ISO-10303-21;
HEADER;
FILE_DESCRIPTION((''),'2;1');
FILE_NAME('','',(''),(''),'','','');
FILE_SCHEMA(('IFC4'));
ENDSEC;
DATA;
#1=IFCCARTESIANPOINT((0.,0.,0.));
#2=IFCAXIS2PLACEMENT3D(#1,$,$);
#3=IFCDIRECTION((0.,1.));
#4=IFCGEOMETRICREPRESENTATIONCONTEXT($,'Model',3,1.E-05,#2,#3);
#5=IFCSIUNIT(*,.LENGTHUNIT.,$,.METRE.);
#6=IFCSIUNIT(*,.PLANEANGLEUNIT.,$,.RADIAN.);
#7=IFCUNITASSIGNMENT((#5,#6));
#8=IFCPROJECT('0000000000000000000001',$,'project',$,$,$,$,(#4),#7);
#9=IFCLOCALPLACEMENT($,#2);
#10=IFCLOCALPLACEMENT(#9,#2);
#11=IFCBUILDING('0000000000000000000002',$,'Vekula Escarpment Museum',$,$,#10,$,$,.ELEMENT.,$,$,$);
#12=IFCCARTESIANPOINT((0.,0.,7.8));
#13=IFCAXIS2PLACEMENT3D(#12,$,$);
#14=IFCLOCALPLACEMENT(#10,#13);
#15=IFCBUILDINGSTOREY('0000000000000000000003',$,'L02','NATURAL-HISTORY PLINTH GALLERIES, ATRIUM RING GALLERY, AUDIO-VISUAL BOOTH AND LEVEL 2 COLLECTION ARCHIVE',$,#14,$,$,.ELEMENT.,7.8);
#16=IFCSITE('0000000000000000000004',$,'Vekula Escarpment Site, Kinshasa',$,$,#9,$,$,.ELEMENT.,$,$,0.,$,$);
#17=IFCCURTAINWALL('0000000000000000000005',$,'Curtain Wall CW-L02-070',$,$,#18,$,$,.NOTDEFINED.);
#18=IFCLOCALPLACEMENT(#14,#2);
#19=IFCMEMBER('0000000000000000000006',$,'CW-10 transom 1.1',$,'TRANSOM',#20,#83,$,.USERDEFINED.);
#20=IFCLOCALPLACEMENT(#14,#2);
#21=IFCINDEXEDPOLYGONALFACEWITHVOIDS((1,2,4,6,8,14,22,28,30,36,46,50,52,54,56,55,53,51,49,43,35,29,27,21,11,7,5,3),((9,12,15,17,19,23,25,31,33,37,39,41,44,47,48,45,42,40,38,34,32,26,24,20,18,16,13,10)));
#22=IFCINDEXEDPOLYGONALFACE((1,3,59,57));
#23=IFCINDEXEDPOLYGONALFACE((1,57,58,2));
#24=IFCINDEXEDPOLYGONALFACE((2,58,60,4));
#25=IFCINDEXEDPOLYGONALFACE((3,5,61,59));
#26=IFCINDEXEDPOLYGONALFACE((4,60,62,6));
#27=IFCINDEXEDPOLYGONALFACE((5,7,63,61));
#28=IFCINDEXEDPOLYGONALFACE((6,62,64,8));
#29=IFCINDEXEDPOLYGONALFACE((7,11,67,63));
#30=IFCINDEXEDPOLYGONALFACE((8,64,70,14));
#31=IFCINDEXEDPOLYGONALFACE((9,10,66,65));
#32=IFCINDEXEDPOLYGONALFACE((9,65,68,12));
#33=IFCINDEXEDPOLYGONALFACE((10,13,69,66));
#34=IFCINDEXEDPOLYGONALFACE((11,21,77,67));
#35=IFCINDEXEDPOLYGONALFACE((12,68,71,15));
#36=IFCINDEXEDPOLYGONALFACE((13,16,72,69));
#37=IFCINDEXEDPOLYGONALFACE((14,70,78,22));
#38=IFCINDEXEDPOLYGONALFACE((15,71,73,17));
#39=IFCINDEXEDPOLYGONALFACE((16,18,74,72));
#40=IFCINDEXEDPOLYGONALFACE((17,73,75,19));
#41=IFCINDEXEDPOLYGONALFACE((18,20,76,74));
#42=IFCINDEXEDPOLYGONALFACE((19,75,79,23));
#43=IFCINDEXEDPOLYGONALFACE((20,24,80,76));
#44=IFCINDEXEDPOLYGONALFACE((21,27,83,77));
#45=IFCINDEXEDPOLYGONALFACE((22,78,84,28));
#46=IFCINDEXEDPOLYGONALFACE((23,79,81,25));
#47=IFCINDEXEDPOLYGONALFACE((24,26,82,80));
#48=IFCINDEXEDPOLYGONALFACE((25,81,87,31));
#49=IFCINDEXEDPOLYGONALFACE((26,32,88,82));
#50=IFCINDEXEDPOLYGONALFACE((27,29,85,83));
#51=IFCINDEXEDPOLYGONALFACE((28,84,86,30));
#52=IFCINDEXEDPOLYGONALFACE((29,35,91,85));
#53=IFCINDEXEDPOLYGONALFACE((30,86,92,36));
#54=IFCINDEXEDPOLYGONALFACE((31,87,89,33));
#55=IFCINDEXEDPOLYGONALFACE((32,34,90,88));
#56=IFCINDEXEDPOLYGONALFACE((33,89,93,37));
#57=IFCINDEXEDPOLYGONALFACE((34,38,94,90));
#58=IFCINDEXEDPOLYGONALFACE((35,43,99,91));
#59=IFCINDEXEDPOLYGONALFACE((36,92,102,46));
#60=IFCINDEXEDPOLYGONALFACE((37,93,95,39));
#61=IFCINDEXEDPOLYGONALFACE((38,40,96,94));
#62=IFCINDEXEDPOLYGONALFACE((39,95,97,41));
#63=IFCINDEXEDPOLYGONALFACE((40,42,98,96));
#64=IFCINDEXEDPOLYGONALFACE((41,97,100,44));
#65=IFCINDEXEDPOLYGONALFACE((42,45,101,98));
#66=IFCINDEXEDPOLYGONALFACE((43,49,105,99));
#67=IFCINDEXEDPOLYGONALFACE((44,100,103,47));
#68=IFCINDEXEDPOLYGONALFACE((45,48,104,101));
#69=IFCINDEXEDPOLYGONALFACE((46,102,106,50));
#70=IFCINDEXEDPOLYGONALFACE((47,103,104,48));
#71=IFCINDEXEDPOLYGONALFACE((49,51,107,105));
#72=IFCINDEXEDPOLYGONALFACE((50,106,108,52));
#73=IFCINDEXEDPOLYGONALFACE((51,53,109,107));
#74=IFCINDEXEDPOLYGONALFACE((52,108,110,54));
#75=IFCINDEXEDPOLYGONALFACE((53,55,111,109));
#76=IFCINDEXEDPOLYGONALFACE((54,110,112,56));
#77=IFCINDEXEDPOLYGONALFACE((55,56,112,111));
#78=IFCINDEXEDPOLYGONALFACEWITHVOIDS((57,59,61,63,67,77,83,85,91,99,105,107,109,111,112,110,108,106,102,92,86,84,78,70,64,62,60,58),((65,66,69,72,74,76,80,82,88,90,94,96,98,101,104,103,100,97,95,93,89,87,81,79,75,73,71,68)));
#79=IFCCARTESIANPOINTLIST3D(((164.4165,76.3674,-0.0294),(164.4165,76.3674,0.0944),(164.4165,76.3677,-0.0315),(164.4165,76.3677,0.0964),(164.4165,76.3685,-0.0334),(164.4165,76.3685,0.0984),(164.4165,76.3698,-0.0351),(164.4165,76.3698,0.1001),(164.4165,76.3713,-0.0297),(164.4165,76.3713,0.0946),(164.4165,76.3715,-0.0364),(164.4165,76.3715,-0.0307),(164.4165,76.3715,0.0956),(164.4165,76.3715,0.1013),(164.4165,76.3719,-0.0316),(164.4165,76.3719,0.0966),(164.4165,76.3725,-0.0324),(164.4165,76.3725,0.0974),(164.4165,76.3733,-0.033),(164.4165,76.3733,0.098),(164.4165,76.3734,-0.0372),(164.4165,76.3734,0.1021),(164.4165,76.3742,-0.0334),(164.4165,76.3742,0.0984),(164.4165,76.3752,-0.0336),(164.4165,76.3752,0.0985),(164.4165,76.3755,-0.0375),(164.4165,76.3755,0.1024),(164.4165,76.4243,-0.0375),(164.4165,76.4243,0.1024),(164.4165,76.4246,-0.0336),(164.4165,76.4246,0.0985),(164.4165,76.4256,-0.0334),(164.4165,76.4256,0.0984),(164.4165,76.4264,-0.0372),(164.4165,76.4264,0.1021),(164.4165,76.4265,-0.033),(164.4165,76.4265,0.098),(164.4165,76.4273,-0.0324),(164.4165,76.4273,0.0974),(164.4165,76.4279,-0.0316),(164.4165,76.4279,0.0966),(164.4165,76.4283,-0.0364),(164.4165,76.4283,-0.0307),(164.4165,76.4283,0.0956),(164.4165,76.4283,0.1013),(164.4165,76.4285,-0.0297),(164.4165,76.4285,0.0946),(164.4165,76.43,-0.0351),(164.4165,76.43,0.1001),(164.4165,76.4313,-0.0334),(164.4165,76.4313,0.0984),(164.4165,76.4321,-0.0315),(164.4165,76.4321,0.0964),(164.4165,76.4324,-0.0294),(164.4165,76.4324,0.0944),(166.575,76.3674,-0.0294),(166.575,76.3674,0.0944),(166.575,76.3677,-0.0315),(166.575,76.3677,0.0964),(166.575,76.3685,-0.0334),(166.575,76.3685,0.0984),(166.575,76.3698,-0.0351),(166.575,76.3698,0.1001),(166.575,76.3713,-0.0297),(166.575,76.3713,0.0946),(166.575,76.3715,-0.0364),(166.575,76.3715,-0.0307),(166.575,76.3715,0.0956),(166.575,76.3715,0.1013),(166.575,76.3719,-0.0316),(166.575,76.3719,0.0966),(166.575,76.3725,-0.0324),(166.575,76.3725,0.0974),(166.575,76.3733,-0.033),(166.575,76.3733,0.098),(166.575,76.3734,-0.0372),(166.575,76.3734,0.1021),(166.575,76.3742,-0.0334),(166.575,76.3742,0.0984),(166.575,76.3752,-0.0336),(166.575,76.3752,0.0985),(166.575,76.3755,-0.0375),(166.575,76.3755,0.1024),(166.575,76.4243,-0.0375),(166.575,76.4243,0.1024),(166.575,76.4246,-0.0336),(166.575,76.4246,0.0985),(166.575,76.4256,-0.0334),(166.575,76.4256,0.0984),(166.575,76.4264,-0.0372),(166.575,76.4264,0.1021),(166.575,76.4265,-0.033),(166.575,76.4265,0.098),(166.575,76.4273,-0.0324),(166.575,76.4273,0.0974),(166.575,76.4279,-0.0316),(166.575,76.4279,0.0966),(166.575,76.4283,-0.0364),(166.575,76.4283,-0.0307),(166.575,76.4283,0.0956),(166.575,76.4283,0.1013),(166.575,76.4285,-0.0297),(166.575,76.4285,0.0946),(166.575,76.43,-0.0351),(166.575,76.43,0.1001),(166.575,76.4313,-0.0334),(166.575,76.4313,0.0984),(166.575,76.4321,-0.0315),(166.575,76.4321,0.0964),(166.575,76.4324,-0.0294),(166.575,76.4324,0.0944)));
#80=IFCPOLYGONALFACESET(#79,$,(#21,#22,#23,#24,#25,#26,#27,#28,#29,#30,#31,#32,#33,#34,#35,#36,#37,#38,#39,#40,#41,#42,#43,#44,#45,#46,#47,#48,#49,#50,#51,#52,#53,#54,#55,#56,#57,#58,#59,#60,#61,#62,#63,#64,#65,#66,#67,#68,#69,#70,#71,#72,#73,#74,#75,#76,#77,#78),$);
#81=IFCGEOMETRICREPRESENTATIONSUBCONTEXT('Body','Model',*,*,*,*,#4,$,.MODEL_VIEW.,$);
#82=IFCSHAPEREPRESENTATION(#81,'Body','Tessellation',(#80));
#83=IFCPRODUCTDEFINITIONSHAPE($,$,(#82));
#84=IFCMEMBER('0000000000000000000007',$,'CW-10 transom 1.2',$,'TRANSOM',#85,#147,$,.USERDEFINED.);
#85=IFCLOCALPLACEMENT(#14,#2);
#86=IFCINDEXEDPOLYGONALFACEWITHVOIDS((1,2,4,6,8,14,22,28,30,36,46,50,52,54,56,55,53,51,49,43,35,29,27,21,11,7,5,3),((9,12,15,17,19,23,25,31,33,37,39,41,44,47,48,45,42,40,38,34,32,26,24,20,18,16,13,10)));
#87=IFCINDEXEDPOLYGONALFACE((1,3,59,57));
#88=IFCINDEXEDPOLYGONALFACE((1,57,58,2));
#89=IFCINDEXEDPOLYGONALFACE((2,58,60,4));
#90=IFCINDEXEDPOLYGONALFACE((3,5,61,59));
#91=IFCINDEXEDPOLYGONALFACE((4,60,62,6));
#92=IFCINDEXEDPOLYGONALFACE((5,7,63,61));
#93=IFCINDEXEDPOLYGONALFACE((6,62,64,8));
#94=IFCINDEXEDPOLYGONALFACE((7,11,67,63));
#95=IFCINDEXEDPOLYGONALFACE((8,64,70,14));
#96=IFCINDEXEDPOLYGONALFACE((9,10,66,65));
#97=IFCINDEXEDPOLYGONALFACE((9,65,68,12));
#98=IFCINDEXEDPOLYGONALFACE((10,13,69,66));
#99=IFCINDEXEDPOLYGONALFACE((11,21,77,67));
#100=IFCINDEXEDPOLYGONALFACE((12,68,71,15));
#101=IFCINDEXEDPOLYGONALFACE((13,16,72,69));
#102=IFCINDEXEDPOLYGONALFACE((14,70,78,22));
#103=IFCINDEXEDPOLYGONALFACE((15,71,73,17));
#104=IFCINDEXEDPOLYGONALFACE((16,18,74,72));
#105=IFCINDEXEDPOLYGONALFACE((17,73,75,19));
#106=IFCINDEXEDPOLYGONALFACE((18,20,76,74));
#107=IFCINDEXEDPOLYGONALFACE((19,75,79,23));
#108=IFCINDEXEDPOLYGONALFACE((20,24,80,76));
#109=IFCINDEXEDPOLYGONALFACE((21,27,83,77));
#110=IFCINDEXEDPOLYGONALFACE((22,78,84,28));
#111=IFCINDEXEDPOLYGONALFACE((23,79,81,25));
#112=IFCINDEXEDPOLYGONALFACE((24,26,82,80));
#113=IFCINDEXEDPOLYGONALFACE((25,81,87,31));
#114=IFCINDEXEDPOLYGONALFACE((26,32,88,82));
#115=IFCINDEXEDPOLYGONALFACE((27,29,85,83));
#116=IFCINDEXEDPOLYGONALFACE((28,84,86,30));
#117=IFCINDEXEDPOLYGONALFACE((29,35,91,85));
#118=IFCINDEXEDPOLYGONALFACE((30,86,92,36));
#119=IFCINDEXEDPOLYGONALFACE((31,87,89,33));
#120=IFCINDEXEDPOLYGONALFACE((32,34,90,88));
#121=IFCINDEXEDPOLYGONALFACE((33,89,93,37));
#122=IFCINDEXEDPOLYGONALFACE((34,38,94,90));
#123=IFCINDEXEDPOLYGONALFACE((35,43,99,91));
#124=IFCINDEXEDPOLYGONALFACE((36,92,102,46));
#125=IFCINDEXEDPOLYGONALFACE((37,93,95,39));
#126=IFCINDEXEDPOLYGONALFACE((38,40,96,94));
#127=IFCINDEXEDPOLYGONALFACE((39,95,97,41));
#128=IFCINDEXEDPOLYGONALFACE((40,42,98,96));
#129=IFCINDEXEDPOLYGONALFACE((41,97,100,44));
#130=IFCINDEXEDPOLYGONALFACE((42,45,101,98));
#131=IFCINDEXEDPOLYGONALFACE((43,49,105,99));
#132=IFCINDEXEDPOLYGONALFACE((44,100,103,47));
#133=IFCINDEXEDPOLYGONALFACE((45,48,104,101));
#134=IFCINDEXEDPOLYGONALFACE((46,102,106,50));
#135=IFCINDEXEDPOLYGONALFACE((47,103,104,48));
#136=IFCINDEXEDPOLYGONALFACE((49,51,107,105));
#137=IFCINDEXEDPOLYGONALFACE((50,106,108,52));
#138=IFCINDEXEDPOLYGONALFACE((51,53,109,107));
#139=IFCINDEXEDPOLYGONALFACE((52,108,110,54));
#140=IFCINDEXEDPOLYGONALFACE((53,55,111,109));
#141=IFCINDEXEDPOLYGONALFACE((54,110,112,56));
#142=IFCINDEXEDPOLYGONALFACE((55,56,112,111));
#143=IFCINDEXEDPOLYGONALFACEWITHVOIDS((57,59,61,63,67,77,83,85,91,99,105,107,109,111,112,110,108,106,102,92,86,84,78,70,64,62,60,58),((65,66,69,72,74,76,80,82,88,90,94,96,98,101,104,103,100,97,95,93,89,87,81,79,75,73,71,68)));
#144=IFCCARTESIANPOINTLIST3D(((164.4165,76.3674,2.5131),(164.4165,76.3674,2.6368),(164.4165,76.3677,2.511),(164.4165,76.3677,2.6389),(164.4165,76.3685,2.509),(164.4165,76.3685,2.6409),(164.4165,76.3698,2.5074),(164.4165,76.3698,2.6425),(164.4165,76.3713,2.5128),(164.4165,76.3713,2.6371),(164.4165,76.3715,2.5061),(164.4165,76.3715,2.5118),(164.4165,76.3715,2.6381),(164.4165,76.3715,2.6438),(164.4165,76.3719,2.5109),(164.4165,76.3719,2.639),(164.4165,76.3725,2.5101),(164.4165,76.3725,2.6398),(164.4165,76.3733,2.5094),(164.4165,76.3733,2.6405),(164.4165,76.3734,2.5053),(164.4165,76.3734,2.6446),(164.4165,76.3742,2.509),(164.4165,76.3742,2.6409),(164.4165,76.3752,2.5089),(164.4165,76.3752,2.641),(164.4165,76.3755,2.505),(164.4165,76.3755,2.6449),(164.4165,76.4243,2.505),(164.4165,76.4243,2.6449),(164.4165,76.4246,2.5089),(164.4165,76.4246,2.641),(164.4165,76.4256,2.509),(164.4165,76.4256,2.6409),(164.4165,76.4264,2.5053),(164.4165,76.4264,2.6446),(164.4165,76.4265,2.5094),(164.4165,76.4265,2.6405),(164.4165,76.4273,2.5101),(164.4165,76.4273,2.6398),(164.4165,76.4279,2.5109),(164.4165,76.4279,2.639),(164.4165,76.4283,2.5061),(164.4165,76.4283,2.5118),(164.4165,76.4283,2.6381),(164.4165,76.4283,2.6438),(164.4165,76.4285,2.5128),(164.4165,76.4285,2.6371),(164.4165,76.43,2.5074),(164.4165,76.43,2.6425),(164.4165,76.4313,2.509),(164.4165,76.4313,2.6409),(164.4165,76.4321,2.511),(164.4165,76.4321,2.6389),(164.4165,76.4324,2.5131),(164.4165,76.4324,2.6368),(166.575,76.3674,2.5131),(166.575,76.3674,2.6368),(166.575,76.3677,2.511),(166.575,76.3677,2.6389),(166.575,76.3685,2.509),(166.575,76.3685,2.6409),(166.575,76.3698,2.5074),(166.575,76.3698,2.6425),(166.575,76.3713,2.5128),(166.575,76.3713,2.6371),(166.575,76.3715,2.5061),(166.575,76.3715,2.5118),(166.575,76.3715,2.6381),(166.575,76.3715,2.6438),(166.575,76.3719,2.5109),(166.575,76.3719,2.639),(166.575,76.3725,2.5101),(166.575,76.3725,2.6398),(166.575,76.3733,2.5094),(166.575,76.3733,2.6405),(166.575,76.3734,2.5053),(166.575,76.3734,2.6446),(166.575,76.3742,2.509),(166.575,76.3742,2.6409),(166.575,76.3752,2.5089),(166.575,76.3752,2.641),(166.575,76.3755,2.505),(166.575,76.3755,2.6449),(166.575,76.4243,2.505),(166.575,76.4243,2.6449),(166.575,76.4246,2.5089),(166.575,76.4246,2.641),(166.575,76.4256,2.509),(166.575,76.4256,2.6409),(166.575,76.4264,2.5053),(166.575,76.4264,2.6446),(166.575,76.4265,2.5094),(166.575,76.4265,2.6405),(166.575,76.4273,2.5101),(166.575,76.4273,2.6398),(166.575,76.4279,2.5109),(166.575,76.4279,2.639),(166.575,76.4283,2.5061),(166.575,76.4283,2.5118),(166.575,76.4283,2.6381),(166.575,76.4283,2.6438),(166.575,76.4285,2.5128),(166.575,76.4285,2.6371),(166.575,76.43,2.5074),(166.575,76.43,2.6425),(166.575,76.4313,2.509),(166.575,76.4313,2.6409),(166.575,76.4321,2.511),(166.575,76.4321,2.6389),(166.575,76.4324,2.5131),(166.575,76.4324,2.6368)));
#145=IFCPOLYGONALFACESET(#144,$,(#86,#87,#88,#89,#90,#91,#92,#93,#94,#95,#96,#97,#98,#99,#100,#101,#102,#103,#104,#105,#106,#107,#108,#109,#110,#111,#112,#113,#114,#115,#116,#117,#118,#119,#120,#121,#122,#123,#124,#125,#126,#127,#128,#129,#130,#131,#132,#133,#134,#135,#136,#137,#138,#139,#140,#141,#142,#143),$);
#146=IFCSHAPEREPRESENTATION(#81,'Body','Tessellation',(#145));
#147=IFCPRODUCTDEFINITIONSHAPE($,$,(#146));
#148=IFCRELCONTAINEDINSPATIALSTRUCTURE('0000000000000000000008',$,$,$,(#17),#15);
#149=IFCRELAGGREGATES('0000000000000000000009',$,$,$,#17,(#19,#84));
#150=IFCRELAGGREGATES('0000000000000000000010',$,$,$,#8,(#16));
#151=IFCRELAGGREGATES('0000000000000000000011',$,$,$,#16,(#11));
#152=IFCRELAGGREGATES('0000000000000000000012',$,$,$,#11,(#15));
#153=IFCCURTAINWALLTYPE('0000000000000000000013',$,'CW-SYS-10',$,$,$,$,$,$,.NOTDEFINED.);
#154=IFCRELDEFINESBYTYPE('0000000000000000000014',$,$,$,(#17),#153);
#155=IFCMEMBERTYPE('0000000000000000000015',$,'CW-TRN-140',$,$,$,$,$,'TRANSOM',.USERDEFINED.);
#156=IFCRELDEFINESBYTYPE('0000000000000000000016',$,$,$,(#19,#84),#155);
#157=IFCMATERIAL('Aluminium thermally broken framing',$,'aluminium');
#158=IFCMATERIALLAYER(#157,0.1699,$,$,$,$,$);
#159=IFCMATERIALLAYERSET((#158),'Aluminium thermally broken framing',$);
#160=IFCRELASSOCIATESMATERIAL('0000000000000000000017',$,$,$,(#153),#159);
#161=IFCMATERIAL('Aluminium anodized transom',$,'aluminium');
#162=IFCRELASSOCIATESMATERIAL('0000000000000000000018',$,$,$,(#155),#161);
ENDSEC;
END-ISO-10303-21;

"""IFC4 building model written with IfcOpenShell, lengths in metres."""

from ifc_helpers import new_model, si_unit, direction, frame, origin, origin_2d, place, context, subcontext, project, spatial, hollow_rectangle, extrude, material, layer, layer_set, material_profile, profile_set, type_object, element, aggregate, save


model = new_model("IFC4")

# Units and contexts
model_context = context("Model", 3, precision=1e-05, world=origin(), true_north=direction((0.0, 1.0)))
body_context = subcontext(model_context, "Body", "Model", "MODEL_VIEW")
ifc_project = project(units=[si_unit("LENGTHUNIT", "METRE"), si_unit("PLANEANGLEUNIT", "RADIAN")], contexts=[model_context])

# Site, building, storey
site_placement = place(None, origin())
site = spatial("IfcSite", under=ifc_project, at=site_placement, Name="Vekula Escarpment Site, Kinshasa", CompositionType="ELEMENT", RefElevation=0.0)
building_placement = place(site_placement, origin())
building = spatial("IfcBuilding", under=site, at=building_placement, Name="Vekula Escarpment Museum", CompositionType="ELEMENT")
storey_placement = place(building_placement, frame((0.0, 0.0, 7.8)))
storey = spatial("IfcBuildingStorey", under=building, at=storey_placement, Name="L02", Description="NATURAL-HISTORY PLINTH GALLERIES, ATRIUM RING GALLERY, AUDIO-VISUAL BOOTH AND LEVEL 2 COLLECTION ARCHIVE", CompositionType="ELEMENT", Elevation=7.8)

# Curtain wall, members
ifc_material_1 = material(Name="Aluminium thermally broken framing", Category="aluminium")
ifc_layer_1 = layer(ifc_material_1, 0.1699)
ifc_layer_set_1 = layer_set([ifc_layer_1], Name="Aluminium thermally broken framing")
curtain_wall_type = type_object("IfcCurtainWallType", Name="CW-SYS-10", PredefinedType="NOTDEFINED", material=ifc_layer_set_1)
curtain_wall_placement = place(storey_placement, origin())
curtain_wall = element("IfcCurtainWall", 1, at=curtain_wall_placement, inside=storey, type_object=curtain_wall_type, Name="Curtain Wall CW-L02-070", PredefinedType="NOTDEFINED")
ifc_material_2 = material(Name="Aluminium anodized transom", Category="aluminium")
ifc_material_profile_1 = material_profile(ifc_material_2, hollow_rectangle(XDim=0.0649, YDim=0.1399, WallThickness=0.0039, InnerFilletRadius=0.0039, OuterFilletRadius=0.0081, at=origin_2d()), Name="ALU 140x65x4")
ifc_profile_set_1 = profile_set([ifc_material_profile_1], Name="Aluminium anodized transom")
member_type_1 = type_object("IfcMemberType", Name="CW-TRN-140", ElementType="TRANSOM", PredefinedType="USERDEFINED", material=ifc_profile_set_1)
member_1_placement = place(storey_placement, frame((166.575, 76.3999, 0.0325), z_axis=(-1.0, 0.0, 0.0), x_axis=(0.0, -1.0, 0.0)))
member_1 = element("IfcMember", 2, at=member_1_placement, type_object=member_type_1, Name="CW-10 transom 1.1", ObjectType="TRANSOM", PredefinedType="USERDEFINED", context=body_context, shape_type="SweptSolid", body=[
    extrude(hollow_rectangle(XDim=0.0649, YDim=0.1399, WallThickness=0.0039, InnerFilletRadius=0.0039, OuterFilletRadius=0.0081, at=origin_2d()), origin(), (0.0, 0.0, 1.0), 2.1584),
])
member_2_placement = place(storey_placement, frame((166.575, 76.3999, 2.575), z_axis=(-1.0, 0.0, 0.0), x_axis=(0.0, -1.0, 0.0)))
member_2 = element("IfcMember", 3, at=member_2_placement, type_object=member_type_1, Name="CW-10 transom 1.2", ObjectType="TRANSOM", PredefinedType="USERDEFINED", context=body_context, shape_type="SweptSolid", body=[
    extrude(hollow_rectangle(XDim=0.0649, YDim=0.1399, WallThickness=0.0039, InnerFilletRadius=0.0039, OuterFilletRadius=0.0081, at=origin_2d()), origin(), (0.0, 0.0, 1.0), 2.1584),
])
aggregate(curtain_wall, [member_1, member_2])

save(model, "model.ifc")
